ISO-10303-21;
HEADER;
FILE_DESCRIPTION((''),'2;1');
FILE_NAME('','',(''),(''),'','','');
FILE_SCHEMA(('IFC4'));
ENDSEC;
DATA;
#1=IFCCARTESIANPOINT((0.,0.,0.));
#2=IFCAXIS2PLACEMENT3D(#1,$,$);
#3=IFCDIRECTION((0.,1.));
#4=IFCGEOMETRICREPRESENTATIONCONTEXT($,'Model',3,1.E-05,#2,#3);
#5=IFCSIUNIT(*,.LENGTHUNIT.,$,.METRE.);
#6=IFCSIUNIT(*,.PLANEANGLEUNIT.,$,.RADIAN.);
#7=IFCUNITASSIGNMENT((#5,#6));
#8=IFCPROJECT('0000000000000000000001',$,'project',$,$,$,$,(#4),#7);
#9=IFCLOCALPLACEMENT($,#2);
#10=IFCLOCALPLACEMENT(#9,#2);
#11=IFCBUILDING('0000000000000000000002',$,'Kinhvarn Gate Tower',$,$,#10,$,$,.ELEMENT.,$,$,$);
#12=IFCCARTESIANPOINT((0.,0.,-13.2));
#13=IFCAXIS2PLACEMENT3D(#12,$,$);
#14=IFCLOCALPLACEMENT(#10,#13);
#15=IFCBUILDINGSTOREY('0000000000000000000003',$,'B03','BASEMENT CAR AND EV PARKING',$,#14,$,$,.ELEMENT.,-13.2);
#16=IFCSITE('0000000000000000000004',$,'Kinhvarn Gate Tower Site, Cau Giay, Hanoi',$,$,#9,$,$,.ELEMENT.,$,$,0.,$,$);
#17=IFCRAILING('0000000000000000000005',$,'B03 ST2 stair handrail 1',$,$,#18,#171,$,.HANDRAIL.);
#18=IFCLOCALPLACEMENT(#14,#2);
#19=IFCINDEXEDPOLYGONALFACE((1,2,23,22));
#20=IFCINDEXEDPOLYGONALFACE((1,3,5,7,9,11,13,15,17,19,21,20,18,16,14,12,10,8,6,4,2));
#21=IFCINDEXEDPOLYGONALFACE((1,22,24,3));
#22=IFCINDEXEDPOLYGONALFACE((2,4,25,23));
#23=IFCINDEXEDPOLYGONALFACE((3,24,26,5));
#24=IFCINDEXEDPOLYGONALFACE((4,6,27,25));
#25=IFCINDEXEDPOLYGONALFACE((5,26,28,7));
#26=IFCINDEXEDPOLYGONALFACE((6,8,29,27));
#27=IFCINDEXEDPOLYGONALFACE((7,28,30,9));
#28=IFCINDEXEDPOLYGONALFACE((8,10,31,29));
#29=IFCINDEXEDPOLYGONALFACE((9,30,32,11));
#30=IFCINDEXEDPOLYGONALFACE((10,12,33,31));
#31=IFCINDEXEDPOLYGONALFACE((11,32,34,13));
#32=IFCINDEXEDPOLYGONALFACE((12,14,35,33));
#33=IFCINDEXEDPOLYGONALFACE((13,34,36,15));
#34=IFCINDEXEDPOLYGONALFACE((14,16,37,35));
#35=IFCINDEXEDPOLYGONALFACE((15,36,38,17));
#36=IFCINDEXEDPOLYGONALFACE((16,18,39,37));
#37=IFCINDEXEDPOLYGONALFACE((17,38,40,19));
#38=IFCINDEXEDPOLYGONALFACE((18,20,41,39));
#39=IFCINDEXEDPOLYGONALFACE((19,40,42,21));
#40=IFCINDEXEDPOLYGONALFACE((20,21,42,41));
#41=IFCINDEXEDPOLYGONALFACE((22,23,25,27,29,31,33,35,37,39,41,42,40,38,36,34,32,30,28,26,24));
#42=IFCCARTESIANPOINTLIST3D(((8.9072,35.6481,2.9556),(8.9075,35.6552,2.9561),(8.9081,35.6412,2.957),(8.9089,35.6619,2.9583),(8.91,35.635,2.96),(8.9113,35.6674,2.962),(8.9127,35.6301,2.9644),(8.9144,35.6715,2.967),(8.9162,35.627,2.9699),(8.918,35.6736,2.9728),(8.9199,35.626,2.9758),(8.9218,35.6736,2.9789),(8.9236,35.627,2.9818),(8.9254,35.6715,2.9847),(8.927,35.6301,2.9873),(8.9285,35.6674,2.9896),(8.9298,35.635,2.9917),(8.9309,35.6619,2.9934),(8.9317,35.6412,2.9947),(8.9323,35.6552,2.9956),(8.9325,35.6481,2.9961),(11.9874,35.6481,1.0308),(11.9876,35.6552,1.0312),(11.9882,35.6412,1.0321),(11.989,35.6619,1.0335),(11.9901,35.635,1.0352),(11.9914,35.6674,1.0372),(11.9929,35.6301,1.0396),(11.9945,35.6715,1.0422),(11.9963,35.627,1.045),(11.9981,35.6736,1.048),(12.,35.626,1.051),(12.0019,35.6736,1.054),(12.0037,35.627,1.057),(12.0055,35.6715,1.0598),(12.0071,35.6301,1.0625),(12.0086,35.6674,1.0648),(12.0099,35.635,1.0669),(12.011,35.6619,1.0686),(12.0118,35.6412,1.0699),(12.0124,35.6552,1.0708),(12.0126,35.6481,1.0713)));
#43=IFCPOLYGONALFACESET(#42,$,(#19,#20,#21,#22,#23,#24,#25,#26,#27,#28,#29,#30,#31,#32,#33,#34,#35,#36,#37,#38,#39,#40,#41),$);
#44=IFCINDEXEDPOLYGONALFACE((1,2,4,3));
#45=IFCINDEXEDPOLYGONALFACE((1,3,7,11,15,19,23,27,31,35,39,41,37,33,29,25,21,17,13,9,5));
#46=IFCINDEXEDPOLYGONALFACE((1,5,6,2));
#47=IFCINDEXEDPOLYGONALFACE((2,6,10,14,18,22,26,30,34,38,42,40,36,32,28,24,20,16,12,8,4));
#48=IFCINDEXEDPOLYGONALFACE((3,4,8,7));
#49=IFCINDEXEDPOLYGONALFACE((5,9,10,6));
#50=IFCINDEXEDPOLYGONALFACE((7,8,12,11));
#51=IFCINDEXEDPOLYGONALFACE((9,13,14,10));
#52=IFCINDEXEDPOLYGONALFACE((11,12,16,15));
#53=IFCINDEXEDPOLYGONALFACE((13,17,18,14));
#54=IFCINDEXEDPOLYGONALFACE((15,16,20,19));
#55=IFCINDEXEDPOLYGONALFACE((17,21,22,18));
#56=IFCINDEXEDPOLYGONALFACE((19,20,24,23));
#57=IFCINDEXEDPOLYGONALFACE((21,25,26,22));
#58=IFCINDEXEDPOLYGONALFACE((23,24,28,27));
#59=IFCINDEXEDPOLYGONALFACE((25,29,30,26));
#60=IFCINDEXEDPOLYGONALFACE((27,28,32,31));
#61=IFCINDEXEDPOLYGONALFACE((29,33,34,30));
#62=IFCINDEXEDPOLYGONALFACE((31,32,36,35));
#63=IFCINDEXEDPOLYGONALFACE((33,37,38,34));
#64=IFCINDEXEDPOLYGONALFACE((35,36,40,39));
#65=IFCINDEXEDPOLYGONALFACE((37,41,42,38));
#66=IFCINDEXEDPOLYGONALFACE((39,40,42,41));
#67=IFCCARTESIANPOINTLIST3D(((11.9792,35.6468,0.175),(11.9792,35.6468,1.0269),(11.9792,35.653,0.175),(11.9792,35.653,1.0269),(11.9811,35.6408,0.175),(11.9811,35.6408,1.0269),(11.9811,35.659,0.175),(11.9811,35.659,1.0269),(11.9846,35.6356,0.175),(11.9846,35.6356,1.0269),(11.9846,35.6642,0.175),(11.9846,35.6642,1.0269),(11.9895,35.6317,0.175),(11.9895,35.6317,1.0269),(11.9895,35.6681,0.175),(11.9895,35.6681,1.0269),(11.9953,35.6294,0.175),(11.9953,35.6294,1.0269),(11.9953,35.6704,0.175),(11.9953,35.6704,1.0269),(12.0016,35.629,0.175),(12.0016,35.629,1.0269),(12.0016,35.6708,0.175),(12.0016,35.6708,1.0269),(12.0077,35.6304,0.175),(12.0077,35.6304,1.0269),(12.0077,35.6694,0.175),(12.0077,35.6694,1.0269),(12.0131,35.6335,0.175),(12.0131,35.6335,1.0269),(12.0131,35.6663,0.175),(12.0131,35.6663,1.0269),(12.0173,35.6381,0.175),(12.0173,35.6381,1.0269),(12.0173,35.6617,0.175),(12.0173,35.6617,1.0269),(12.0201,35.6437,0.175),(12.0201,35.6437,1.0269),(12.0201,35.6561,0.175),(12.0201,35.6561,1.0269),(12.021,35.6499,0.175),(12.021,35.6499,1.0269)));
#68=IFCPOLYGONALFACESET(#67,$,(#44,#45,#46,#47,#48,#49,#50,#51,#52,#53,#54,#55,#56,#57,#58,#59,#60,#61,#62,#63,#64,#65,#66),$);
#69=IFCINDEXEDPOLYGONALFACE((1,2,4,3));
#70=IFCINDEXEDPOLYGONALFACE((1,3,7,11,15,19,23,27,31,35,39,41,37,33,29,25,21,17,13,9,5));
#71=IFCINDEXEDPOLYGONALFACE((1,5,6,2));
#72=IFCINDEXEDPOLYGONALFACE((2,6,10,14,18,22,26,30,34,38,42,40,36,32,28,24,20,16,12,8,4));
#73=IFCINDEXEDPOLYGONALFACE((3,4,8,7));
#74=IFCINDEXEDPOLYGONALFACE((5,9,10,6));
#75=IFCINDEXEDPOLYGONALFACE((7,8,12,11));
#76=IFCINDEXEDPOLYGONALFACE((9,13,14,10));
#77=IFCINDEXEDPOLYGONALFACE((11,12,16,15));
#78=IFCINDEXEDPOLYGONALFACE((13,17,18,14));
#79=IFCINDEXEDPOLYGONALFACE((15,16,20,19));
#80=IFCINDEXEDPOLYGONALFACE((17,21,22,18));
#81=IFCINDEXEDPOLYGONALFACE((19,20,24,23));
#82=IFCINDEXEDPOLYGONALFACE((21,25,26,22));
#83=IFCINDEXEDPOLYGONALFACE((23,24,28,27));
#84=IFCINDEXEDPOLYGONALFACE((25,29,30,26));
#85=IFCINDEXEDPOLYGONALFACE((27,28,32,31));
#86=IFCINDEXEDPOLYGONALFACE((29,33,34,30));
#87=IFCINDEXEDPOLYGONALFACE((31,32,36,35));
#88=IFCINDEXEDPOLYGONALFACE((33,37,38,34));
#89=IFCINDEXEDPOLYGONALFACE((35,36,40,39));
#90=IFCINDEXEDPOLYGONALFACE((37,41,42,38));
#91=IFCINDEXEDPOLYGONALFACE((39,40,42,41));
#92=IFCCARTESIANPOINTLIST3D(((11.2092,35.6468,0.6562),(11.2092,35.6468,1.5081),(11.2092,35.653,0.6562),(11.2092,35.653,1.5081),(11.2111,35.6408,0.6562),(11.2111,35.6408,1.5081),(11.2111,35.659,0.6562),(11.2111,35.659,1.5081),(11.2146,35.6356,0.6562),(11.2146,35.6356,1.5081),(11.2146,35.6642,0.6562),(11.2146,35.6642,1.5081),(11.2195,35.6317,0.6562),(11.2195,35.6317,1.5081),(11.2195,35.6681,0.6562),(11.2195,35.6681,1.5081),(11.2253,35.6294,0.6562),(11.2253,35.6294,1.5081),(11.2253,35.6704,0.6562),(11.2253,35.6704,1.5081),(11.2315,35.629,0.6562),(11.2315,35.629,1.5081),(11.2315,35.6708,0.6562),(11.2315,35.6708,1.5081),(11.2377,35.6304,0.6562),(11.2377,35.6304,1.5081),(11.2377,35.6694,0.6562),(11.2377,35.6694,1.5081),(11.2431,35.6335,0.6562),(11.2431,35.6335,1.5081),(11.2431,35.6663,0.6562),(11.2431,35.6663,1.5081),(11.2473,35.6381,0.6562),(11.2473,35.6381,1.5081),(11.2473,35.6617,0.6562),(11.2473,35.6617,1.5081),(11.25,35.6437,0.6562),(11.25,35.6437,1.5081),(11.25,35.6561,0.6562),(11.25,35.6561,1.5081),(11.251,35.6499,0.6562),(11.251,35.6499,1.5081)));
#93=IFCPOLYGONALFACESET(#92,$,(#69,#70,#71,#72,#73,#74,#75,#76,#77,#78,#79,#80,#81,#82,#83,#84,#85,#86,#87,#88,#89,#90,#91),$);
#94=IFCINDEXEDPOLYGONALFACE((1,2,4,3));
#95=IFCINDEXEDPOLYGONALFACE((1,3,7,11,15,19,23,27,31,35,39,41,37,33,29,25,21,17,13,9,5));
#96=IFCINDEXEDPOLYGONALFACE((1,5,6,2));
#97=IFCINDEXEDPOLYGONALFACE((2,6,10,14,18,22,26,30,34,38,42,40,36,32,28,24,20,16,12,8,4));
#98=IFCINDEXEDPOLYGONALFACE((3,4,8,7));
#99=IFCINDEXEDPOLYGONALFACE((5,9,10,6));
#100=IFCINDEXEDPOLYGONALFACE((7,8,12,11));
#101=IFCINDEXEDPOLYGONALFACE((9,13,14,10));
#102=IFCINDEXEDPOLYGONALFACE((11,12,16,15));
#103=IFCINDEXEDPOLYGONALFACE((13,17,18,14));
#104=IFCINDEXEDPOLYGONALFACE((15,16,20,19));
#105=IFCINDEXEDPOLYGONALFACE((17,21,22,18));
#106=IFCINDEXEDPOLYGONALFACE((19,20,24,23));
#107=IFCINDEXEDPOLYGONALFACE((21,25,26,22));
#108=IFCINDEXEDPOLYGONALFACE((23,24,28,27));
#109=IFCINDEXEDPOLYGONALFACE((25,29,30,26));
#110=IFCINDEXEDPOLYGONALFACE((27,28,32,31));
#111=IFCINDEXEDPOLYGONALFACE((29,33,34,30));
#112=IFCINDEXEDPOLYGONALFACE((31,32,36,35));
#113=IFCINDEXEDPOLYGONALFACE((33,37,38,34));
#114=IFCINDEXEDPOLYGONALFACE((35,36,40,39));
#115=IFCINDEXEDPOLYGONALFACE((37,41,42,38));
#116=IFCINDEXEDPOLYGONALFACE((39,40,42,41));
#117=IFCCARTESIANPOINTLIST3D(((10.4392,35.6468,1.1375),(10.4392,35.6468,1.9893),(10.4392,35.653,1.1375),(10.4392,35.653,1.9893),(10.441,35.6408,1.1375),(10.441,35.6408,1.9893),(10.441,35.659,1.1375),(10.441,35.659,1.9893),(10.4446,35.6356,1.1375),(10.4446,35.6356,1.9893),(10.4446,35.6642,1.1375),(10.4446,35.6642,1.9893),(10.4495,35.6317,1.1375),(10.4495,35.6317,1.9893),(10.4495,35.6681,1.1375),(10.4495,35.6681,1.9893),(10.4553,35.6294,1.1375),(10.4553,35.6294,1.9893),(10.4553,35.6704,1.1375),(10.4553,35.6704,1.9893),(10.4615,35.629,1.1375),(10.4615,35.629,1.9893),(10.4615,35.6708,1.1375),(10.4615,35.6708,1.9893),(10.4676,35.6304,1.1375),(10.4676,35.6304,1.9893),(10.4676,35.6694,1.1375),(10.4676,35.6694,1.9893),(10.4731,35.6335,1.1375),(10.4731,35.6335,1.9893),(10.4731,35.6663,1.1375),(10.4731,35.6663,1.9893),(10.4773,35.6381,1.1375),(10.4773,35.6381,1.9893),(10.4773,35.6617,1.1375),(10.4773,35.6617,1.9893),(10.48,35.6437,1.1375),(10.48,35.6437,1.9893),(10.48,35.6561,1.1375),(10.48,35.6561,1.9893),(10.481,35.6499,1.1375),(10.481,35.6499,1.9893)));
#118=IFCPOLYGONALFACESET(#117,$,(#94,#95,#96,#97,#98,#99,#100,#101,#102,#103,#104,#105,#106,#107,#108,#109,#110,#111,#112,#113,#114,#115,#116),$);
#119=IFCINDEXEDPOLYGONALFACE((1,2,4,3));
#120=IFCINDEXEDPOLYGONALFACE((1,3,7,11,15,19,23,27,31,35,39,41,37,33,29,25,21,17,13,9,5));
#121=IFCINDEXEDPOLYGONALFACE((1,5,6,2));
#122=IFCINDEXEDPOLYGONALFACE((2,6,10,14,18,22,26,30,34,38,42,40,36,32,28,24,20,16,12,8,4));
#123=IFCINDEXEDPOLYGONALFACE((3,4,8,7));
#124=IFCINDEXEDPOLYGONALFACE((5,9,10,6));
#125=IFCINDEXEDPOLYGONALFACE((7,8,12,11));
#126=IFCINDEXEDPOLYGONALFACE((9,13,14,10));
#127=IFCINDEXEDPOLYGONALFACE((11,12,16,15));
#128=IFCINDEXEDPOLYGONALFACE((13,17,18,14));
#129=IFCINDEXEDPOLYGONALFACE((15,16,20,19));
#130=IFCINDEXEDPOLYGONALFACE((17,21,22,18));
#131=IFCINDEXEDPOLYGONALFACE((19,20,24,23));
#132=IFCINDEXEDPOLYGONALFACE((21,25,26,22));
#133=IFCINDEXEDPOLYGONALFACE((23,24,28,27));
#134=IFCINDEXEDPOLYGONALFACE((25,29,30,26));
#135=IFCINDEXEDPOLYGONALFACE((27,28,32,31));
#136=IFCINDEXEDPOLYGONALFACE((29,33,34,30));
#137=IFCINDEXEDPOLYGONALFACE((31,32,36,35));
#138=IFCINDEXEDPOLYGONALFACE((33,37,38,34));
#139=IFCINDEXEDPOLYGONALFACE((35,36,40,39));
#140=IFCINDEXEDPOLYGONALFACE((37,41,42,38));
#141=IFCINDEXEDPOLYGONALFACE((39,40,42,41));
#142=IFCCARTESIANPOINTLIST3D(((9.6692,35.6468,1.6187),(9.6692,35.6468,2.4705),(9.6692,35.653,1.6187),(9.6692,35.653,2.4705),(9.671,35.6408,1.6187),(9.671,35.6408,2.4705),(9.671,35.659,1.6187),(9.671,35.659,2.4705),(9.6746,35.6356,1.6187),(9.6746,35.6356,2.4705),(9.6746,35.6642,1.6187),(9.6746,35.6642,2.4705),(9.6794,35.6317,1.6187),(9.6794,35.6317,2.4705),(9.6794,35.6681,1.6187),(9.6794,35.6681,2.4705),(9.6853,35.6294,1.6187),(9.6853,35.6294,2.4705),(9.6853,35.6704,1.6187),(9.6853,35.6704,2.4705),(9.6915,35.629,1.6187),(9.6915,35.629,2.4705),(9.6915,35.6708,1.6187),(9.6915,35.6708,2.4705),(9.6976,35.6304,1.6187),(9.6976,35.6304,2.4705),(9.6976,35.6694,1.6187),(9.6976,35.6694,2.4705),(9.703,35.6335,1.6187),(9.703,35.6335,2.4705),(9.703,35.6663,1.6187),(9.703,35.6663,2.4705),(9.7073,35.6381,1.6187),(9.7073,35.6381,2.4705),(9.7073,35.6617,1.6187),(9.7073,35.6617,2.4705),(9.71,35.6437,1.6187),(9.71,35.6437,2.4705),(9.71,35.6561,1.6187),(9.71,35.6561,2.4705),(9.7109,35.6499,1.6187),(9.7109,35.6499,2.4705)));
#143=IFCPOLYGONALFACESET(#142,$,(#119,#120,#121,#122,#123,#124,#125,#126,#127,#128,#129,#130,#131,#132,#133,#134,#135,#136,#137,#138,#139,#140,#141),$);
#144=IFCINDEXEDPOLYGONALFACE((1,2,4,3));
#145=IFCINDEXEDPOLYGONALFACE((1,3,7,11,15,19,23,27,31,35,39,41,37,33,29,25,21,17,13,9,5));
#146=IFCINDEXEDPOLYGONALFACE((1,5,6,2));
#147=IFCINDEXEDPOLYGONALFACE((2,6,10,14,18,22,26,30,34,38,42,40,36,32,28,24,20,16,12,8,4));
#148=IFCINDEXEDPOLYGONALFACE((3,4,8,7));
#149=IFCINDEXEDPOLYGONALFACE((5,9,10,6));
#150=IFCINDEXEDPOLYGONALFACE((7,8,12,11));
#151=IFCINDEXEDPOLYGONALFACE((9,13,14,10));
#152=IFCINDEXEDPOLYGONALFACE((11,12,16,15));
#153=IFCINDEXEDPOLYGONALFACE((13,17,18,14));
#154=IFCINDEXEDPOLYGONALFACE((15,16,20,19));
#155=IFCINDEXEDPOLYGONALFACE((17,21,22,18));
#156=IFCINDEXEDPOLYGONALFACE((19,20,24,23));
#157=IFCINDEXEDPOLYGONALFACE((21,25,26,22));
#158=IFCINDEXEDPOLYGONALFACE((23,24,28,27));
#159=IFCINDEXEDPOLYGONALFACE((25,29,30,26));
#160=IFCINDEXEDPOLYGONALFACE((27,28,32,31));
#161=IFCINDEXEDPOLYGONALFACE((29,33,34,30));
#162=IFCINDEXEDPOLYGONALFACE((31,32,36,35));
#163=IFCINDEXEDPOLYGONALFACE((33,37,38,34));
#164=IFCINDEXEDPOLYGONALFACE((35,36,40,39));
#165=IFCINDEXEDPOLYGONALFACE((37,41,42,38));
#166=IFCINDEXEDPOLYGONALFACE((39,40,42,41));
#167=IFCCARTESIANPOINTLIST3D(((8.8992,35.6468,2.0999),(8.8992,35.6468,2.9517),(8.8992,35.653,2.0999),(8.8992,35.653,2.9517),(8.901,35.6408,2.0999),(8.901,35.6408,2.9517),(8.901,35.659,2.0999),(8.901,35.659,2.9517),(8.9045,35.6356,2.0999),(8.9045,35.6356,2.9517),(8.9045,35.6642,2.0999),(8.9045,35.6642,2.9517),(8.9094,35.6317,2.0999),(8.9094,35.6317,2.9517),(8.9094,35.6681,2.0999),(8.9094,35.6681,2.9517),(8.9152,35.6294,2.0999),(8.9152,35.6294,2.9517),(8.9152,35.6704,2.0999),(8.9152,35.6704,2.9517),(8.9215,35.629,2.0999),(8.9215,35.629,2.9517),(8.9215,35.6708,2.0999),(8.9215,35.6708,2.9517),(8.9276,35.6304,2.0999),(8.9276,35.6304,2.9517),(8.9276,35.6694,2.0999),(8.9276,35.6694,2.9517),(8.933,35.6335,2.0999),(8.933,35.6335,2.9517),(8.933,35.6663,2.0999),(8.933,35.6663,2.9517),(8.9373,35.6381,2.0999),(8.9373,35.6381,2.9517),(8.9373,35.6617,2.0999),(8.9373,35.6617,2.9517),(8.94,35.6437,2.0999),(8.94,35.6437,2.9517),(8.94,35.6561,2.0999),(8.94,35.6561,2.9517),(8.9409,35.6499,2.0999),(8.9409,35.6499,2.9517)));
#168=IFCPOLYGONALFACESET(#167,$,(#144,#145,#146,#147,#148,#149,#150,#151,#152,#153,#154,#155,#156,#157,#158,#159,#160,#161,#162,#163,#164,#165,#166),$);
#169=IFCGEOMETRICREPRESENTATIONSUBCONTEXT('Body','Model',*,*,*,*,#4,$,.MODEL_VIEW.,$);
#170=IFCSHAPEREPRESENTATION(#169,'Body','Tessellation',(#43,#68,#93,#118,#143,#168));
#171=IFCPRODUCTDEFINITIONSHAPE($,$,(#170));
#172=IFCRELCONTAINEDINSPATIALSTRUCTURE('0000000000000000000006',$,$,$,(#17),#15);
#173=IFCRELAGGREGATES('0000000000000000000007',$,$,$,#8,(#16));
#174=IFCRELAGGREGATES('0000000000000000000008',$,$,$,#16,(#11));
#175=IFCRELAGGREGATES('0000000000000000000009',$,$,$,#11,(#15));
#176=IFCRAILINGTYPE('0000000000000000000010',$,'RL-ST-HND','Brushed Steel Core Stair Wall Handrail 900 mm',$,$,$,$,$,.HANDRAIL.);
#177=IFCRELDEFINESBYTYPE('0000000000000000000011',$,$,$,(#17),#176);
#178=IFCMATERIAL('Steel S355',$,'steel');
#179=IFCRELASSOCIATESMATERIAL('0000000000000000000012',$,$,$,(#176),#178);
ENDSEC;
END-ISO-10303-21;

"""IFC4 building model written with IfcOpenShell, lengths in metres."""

from ifc_helpers import new_model, si_unit, direction, frame, origin, origin_2d, place, context, subcontext, project, spatial, circle, extrude, material, type_object, element, save


model = new_model("IFC4")

# Units and contexts
model_context = context("Model", 3, precision=1e-05, world=origin(), true_north=direction((0.0, 1.0)))
body_context = subcontext(model_context, "Body", "Model", "MODEL_VIEW")
ifc_project = project(units=[si_unit("LENGTHUNIT", "METRE"), si_unit("PLANEANGLEUNIT", "RADIAN")], contexts=[model_context])

# Site, building, storey
site_placement = place(None, origin())
site = spatial("IfcSite", under=ifc_project, at=site_placement, Name="Kinhvarn Gate Tower Site, Cau Giay, Hanoi", CompositionType="ELEMENT", RefElevation=0.0)
building_placement = place(site_placement, origin())
building = spatial("IfcBuilding", under=site, at=building_placement, Name="Kinhvarn Gate Tower", CompositionType="ELEMENT")
storey_placement = place(building_placement, frame((0.0, 0.0, -13.2)))
storey = spatial("IfcBuildingStorey", under=building, at=storey_placement, Name="B03", Description="BASEMENT CAR AND EV PARKING", CompositionType="ELEMENT", Elevation=-13.2)

# Shared definitions
ifc_material_1 = material(Name="Steel S355", Category="steel")

# Railing
railing_type_1 = type_object("IfcRailingType", Name="RL-ST-HND", Description="Brushed Steel Core Stair Wall Handrail 900 mm", PredefinedType="HANDRAIL", material=ifc_material_1)
railing_1_placement = place(storey_placement, frame((12.0, 35.6499, 0.175)))
element("IfcRailing", 1, at=railing_1_placement, inside=storey, type_object=railing_type_1, Name="B03 ST2 stair handrail 1", PredefinedType="HANDRAIL", context=body_context, shape_type="SweptSolid", body=[
    extrude(circle(Radius=0.0239, at=origin_2d()), frame((0.0, 0.0, 0.876), z_axis=(-0.848029, 0.0, 0.529951), x_axis=(0.0, -1.0, 0.0)), (0.0, 0.0, 1.0), 3.6321),
    extrude(circle(Radius=0.021, at=origin_2d()), origin(), (0.0, 0.0, 1.0), 0.8518),
    extrude(circle(Radius=0.021, at=origin_2d()), frame((-0.77, 0.0, 0.4812)), (0.0, 0.0, 1.0), 0.8518),
    extrude(circle(Radius=0.021, at=origin_2d()), frame((-1.54, 0.0, 0.9624)), (0.0, 0.0, 1.0), 0.8518),
    extrude(circle(Radius=0.021, at=origin_2d()), frame((-2.3101, 0.0, 1.4436)), (0.0, 0.0, 1.0), 0.8518),
    extrude(circle(Radius=0.021, at=origin_2d()), frame((-3.0801, 0.0, 1.9248)), (0.0, 0.0, 1.0), 0.8518),
])

save(model, "model.ifc")
